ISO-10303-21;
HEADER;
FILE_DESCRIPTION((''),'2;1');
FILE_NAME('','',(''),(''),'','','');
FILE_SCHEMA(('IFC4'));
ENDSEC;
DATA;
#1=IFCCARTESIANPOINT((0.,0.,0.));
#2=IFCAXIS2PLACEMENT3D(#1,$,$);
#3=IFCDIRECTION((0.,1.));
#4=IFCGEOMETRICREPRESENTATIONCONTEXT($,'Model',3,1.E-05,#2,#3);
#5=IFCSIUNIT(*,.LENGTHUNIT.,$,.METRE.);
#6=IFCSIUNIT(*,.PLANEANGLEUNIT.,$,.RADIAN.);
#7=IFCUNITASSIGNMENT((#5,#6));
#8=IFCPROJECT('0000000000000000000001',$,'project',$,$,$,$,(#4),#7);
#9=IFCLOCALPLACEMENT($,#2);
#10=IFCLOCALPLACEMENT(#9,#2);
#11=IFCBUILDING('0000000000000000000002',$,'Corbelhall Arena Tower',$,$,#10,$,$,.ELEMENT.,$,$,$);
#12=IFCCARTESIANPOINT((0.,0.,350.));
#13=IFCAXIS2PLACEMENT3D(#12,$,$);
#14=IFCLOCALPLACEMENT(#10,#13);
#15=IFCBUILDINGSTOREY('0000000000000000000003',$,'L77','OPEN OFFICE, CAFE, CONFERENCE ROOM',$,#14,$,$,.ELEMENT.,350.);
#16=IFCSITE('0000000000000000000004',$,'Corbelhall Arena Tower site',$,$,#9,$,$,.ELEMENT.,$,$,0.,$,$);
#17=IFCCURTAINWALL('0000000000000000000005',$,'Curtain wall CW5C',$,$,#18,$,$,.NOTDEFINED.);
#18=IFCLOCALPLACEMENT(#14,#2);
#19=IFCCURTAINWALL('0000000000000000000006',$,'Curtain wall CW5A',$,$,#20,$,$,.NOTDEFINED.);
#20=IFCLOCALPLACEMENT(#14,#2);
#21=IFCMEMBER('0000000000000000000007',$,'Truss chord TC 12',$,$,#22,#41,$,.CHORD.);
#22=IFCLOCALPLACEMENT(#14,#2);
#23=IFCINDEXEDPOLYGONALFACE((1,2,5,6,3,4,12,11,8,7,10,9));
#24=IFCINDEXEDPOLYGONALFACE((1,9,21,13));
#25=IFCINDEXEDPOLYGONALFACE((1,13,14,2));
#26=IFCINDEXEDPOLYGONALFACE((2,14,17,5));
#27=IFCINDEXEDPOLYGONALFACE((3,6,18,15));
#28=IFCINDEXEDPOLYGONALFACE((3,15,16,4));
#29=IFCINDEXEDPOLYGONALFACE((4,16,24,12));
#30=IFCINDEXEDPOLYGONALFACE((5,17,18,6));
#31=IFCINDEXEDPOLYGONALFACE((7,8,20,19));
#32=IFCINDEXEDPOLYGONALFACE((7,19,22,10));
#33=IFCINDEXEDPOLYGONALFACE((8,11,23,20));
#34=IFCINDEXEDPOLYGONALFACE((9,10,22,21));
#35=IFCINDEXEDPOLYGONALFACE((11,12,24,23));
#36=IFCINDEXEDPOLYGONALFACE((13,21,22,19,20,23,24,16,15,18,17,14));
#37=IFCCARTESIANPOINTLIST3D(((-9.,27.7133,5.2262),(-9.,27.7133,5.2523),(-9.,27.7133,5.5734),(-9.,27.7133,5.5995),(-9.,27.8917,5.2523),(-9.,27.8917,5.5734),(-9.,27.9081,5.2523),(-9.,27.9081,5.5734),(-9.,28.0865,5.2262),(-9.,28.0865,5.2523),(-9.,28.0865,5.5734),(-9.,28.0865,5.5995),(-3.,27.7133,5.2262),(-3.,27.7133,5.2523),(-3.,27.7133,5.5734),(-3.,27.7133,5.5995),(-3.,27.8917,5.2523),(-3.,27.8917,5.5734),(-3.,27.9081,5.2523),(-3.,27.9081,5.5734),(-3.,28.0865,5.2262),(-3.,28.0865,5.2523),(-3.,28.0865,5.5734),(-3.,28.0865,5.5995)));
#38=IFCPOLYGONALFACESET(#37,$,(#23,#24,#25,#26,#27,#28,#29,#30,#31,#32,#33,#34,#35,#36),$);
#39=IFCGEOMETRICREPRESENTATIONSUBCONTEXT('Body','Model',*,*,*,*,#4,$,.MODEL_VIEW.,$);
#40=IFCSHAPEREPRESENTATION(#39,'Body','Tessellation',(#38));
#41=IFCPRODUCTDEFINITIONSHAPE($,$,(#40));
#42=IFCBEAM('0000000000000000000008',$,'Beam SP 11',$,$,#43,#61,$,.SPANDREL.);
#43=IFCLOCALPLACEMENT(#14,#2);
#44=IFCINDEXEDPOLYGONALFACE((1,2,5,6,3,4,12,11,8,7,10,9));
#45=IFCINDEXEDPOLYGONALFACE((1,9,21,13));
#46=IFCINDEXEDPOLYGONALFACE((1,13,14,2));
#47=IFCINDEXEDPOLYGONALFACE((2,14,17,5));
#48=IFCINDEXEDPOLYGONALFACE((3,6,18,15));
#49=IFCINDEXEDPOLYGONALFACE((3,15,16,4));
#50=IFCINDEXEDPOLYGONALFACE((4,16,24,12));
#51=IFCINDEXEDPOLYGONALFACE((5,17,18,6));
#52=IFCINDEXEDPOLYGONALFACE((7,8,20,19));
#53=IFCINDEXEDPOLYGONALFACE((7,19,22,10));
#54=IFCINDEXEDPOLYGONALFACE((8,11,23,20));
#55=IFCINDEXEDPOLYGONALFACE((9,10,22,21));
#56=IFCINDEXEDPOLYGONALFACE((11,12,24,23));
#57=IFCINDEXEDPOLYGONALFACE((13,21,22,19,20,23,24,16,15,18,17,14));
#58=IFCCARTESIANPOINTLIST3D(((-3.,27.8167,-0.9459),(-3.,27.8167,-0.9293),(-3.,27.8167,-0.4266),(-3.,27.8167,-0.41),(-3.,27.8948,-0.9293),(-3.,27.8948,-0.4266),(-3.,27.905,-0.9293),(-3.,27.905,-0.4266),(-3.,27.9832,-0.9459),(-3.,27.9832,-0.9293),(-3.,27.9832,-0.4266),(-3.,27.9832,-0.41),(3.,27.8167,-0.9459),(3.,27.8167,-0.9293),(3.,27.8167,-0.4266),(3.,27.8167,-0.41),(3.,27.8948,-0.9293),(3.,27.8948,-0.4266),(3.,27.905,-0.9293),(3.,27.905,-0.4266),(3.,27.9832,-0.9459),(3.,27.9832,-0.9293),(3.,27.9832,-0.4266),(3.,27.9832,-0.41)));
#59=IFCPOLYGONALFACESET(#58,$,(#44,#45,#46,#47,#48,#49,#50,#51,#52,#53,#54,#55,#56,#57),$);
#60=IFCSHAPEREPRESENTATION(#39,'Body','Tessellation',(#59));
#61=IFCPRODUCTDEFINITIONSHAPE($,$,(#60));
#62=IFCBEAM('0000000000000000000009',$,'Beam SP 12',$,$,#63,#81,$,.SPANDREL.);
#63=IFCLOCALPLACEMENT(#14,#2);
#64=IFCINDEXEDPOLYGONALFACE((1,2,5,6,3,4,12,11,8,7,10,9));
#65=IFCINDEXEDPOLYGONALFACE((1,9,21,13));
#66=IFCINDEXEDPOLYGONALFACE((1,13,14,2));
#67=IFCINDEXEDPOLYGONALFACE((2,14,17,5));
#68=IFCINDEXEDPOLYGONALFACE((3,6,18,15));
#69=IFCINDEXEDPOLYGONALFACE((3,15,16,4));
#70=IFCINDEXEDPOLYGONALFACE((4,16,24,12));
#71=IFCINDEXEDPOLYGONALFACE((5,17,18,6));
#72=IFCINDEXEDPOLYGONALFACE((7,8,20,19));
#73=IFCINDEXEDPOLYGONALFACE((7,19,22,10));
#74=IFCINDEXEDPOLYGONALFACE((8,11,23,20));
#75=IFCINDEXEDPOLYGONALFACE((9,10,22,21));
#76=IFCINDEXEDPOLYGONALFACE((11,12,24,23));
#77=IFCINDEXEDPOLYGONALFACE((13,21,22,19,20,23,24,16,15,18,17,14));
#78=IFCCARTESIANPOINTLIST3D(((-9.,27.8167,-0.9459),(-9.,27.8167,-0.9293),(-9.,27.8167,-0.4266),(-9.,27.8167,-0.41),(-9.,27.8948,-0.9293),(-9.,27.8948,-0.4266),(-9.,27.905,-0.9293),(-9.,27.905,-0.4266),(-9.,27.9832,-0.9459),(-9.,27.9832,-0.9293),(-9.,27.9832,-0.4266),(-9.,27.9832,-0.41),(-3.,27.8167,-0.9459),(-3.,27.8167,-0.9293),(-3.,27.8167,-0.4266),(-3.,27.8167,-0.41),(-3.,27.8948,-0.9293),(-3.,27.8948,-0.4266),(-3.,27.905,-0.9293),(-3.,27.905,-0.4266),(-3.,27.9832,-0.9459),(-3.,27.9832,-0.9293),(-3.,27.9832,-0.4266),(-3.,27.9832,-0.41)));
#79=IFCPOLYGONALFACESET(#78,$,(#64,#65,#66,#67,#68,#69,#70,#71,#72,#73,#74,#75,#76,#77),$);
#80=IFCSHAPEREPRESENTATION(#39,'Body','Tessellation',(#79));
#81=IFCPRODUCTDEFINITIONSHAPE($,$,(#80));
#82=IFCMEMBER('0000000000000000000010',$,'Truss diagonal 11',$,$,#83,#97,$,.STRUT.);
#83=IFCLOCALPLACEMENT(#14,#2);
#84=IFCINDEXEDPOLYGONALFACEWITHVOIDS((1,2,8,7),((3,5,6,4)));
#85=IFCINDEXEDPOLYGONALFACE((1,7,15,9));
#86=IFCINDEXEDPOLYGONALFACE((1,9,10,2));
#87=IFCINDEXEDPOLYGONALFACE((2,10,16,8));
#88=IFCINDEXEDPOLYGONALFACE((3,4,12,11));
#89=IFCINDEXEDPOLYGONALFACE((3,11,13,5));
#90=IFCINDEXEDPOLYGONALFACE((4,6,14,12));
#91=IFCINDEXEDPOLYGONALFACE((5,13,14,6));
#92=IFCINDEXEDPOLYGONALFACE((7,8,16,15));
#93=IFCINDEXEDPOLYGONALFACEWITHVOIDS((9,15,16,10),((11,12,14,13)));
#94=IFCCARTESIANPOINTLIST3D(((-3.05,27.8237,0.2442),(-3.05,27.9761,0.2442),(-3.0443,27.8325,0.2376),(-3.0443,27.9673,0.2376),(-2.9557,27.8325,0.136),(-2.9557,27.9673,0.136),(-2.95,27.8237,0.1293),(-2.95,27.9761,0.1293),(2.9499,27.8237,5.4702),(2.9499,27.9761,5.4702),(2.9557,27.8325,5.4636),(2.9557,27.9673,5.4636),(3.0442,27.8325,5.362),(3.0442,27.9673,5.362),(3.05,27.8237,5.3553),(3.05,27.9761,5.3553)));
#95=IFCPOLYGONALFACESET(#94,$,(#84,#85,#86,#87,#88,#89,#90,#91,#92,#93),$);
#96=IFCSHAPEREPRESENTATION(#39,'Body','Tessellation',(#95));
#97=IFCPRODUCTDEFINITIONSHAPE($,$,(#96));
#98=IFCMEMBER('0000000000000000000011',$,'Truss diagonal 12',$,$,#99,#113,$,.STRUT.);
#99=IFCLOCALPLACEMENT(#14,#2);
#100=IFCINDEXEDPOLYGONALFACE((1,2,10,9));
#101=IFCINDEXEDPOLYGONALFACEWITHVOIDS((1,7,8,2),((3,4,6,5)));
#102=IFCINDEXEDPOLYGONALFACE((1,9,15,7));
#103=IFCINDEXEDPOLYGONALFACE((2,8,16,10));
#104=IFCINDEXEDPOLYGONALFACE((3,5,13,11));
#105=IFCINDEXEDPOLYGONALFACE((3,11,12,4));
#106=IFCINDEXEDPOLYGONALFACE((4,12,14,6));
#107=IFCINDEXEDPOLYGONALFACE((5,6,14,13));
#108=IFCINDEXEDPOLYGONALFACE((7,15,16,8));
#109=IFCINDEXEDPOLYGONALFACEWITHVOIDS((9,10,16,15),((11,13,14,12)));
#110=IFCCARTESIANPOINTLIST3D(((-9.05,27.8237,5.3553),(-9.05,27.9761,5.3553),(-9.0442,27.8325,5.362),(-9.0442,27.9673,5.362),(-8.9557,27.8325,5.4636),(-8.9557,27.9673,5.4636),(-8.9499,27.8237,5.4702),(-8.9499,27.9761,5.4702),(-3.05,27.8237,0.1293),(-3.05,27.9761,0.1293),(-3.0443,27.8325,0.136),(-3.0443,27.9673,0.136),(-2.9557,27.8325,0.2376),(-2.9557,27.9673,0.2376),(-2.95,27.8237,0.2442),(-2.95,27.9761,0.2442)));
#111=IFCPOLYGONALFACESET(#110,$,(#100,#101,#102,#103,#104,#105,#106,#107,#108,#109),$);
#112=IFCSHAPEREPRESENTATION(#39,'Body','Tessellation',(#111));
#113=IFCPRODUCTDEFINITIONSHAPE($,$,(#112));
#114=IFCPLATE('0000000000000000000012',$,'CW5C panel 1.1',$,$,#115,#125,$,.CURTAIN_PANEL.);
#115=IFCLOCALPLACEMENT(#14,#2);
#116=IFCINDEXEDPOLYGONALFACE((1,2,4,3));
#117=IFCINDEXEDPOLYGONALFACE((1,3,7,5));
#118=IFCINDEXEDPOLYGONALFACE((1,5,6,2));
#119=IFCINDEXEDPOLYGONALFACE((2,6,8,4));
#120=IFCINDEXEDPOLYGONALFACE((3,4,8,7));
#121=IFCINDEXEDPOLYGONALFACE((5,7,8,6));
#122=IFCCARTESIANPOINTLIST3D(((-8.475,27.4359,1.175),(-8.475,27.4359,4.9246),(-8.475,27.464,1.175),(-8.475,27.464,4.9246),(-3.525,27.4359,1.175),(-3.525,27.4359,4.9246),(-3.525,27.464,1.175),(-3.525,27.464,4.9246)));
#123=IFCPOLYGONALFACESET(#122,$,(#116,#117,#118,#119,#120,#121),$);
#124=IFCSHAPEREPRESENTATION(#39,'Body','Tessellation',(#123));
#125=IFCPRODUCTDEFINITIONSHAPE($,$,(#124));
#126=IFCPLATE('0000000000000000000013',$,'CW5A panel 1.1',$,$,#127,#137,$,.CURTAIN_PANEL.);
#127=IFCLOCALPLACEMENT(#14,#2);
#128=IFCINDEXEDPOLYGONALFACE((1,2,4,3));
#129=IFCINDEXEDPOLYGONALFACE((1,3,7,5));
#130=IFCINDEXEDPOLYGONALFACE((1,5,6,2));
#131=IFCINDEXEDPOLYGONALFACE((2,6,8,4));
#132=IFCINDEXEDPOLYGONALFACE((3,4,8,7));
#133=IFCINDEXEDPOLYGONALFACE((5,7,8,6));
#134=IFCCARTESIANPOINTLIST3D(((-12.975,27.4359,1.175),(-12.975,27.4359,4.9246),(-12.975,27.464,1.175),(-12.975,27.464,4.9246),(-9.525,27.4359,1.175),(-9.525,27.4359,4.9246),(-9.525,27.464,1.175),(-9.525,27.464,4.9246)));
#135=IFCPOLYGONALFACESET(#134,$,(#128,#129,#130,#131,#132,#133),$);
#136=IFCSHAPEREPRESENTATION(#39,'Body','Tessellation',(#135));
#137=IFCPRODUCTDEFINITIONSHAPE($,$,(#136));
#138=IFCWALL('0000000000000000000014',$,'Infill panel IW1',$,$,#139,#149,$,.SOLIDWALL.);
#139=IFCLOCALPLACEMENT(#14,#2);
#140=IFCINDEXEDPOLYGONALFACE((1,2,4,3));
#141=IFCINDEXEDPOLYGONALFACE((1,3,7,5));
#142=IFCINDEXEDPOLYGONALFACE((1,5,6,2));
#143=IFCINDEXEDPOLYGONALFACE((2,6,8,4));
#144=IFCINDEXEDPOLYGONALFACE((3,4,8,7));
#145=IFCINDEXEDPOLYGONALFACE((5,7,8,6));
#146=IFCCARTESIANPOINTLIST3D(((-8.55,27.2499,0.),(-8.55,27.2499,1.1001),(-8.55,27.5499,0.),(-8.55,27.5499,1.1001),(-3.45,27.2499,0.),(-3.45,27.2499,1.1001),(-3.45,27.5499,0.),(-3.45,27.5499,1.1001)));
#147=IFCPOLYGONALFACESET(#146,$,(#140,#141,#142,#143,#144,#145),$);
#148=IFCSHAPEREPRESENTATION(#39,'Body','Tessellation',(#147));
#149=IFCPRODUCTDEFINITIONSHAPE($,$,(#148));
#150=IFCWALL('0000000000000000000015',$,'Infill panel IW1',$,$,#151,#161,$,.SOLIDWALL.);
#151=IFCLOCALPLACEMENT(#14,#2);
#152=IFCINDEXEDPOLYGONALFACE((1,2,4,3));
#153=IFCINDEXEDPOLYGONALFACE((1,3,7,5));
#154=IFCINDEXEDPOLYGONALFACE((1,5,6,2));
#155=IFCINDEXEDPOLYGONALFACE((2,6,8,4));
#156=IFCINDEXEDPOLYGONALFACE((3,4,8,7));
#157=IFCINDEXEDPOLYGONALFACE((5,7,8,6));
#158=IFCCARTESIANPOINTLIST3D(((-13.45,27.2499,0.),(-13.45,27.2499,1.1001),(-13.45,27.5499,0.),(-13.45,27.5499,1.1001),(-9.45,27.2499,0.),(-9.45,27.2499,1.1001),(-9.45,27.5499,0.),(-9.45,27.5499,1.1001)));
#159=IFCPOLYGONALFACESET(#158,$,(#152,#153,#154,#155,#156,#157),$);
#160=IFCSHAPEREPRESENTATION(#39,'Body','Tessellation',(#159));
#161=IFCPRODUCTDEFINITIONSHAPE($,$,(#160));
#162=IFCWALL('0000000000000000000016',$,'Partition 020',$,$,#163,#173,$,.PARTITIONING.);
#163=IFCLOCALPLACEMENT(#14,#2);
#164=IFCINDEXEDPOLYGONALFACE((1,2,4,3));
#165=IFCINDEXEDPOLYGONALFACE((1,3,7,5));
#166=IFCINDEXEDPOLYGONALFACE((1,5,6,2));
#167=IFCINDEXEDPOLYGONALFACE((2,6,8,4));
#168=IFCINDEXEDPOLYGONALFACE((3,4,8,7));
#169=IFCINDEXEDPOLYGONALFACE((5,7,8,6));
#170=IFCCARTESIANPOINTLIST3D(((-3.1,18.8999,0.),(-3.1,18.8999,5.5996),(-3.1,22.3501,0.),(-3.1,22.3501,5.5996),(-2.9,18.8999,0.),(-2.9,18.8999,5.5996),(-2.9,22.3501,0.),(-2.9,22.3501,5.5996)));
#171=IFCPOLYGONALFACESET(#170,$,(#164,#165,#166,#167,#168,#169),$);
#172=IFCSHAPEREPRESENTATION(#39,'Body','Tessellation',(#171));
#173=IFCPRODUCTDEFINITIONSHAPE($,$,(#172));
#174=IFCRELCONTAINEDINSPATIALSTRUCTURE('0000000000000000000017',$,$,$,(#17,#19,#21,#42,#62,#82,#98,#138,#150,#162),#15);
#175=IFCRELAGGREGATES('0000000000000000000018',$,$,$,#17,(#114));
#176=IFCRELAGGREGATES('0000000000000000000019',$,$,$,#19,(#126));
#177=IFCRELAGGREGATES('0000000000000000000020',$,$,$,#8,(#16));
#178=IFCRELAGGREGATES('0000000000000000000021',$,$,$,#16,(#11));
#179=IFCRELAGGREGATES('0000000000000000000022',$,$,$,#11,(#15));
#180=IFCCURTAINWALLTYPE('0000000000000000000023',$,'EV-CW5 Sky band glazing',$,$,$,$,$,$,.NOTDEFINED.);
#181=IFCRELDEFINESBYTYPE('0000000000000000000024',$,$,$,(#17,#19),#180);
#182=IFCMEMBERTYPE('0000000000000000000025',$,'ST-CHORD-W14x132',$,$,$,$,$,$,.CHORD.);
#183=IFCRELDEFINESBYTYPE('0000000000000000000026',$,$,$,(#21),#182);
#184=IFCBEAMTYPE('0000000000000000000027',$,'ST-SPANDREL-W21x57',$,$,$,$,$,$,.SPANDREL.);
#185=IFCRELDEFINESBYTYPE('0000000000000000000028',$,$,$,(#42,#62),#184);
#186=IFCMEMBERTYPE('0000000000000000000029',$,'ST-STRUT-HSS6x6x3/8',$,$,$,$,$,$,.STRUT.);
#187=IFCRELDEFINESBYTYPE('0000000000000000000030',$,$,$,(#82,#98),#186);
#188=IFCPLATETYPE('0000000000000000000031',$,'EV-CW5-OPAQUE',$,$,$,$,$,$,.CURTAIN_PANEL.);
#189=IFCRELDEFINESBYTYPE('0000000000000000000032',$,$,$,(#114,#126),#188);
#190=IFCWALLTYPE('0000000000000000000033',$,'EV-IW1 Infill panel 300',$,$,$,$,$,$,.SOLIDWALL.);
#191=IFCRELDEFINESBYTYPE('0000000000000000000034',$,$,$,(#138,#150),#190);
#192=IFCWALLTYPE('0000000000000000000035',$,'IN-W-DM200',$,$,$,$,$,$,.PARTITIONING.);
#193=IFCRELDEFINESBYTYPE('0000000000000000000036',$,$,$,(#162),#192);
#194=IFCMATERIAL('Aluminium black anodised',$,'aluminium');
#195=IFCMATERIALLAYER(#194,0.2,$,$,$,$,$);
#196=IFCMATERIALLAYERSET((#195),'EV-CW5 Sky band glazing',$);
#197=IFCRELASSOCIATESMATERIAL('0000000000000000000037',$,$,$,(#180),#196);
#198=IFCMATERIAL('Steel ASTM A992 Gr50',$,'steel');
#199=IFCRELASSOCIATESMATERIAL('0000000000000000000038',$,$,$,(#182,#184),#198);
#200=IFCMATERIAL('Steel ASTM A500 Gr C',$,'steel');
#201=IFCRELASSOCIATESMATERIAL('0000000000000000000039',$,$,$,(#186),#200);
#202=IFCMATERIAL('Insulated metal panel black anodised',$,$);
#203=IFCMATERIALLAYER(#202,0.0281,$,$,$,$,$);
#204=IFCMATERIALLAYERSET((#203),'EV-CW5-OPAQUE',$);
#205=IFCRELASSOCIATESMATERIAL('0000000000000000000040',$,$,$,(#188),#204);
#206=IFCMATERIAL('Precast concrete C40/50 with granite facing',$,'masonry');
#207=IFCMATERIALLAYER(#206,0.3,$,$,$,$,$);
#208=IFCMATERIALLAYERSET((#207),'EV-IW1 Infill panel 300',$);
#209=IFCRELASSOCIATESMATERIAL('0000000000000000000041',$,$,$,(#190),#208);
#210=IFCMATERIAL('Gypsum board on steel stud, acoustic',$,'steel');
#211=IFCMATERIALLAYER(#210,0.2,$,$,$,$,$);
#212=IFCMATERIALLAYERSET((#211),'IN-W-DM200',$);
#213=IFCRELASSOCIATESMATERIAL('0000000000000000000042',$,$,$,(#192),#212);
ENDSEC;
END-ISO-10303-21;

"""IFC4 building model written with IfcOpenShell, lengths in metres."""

from ifc_helpers import new_model, si_unit, direction, frame, frame_2d, origin, origin_2d, place, context, subcontext, project, spatial, rectangle, hollow_rectangle, i_section, extrude, material, layer, layer_set, material_profile, profile_set, type_object, element, aggregate, save


model = new_model("IFC4")

# Units and contexts
model_context = context("Model", 3, precision=1e-05, world=origin(), true_north=direction((0.0, 1.0)))
body_context = subcontext(model_context, "Body", "Model", "MODEL_VIEW")
ifc_project = project(units=[si_unit("LENGTHUNIT", "METRE"), si_unit("PLANEANGLEUNIT", "RADIAN")], contexts=[model_context])

# Site, building, storey
site_placement = place(None, origin())
site = spatial("IfcSite", under=ifc_project, at=site_placement, Name="Corbelhall Arena Tower site", CompositionType="ELEMENT", RefElevation=0.0)
building_placement = place(site_placement, origin())
building = spatial("IfcBuilding", under=site, at=building_placement, Name="Corbelhall Arena Tower", CompositionType="ELEMENT")
storey_placement = place(building_placement, frame((0.0, 0.0, 350.0)))
storey = spatial("IfcBuildingStorey", under=building, at=storey_placement, Name="L77", Description="OPEN OFFICE, CAFE, CONFERENCE ROOM", CompositionType="ELEMENT", Elevation=350.0)

# Curtain wall
ifc_material_1 = material(Name="Aluminium black anodised", Category="aluminium")
ifc_layer_1 = layer(ifc_material_1, 0.2)
ifc_layer_set_1 = layer_set([ifc_layer_1], Name="EV-CW5 Sky band glazing")
curtain_wall_type = type_object("IfcCurtainWallType", Name="EV-CW5 Sky band glazing", PredefinedType="NOTDEFINED", material=ifc_layer_set_1)
curtain_wall_1_placement = place(storey_placement, origin())
curtain_wall_1 = element("IfcCurtainWall", 1, at=curtain_wall_1_placement, inside=storey, type_object=curtain_wall_type, Name="Curtain wall CW5C", PredefinedType="NOTDEFINED")

# Curtain wall
curtain_wall_2_placement = place(storey_placement, origin())
curtain_wall_2 = element("IfcCurtainWall", 2, at=curtain_wall_2_placement, inside=storey, type_object=curtain_wall_type, Name="Curtain wall CW5A", PredefinedType="NOTDEFINED")

# Member
ifc_material_2 = material(Name="Steel ASTM A992 Gr50", Category="steel")
ifc_material_profile_1 = material_profile(ifc_material_2, i_section(OverallWidth=0.3733, OverallDepth=0.3733, WebThickness=0.0164, FlangeThickness=0.0261, at=origin_2d()))
ifc_profile_set_1 = profile_set([ifc_material_profile_1], Name="Steel ASTM A992 Gr50")
member_type_1 = type_object("IfcMemberType", Name="ST-CHORD-W14x132", PredefinedType="CHORD", material=ifc_profile_set_1)
for number, where, z_axis, x_axis, name in (
    (3, (-9.0, 27.8999, 5.4128), (1.0, 0.0, 0.0), (0.0, 1.0, 0.0), "Truss chord TC 12"),
):
    element("IfcMember", number, at=place(storey_placement, frame(where, z_axis=z_axis, x_axis=x_axis)), inside=storey, type_object=member_type_1, Name=name, PredefinedType="CHORD", context=body_context, shape_type="SweptSolid", body=[
        extrude(i_section(OverallWidth=0.3733, OverallDepth=0.3733, WebThickness=0.0164, FlangeThickness=0.0261, at=origin_2d()), origin(), (0.0, 0.0, 1.0), 6.0),
    ])

# Beams
ifc_material_profile_2 = material_profile(ifc_material_2, i_section(OverallWidth=0.1665, OverallDepth=0.5359, WebThickness=0.0103, FlangeThickness=0.0166, at=origin_2d()))
ifc_profile_set_2 = profile_set([ifc_material_profile_2], Name="Steel ASTM A992 Gr50")
beam_type = type_object("IfcBeamType", Name="ST-SPANDREL-W21x57", PredefinedType="SPANDREL", material=ifc_profile_set_2)
for number, where, z_axis, x_axis, name in (
    (4, (-3.0, 27.8999, -0.678), (1.0, 0.0, 0.0), (0.0, 1.0, 0.0), "Beam SP 11"),
    (5, (-9.0, 27.8999, -0.678), (1.0, 0.0, 0.0), (0.0, 1.0, 0.0), "Beam SP 12"),
):
    element("IfcBeam", number, at=place(storey_placement, frame(where, z_axis=z_axis, x_axis=x_axis)), inside=storey, type_object=beam_type, Name=name, PredefinedType="SPANDREL", context=body_context, shape_type="SweptSolid", body=[
        extrude(i_section(OverallWidth=0.1665, OverallDepth=0.5359, WebThickness=0.0103, FlangeThickness=0.0166, at=origin_2d()), origin(), (0.0, 0.0, 1.0), 6.0),
    ])

# Members
ifc_material_3 = material(Name="Steel ASTM A500 Gr C", Category="steel")
ifc_material_profile_3 = material_profile(ifc_material_3, hollow_rectangle(XDim=0.1523, YDim=0.1523, WallThickness=0.0088, at=origin_2d()))
ifc_profile_set_3 = profile_set([ifc_material_profile_3], Name="Steel ASTM A500 Gr C")
member_type_2 = type_object("IfcMemberType", Name="ST-STRUT-HSS6x6x3/8", PredefinedType="STRUT", material=ifc_profile_set_3)
for number, where, z_axis, x_axis, name in (
    (6, (-3.0, 27.8999, 0.1868), (0.754065, 0.0, 0.6568), (0.0, 1.0, 0.0), "Truss diagonal 11"),
    (7, (-3.0, 27.8999, 0.1868), (-0.754065, 0.0, 0.6568), (0.0, -1.0, 0.0), "Truss diagonal 12"),
):
    element("IfcMember", number, at=place(storey_placement, frame(where, z_axis=z_axis, x_axis=x_axis)), inside=storey, type_object=member_type_2, Name=name, PredefinedType="STRUT", context=body_context, shape_type="SweptSolid", body=[
        extrude(hollow_rectangle(XDim=0.1523, YDim=0.1523, WallThickness=0.0088, at=origin_2d()), origin(), (0.0, 0.0, 1.0), 7.9568),
    ])

# Plates
ifc_material_4 = material(Name="Insulated metal panel black anodised")
ifc_layer_2 = layer(ifc_material_4, 0.0281)
ifc_layer_set_2 = layer_set([ifc_layer_2], Name="EV-CW5-OPAQUE")
plate_type = type_object("IfcPlateType", Name="EV-CW5-OPAQUE", PredefinedType="CURTAIN_PANEL", material=ifc_layer_set_2)
plate_1_placement = place(storey_placement, frame((-6.0, 27.45, 1.175), z_axis=(0.0, 0.0, 1.0), x_axis=(-1.0, 0.0, 0.0)))
plate_1 = element("IfcPlate", 8, at=plate_1_placement, type_object=plate_type, Name="CW5C panel 1.1", PredefinedType="CURTAIN_PANEL", context=body_context, shape_type="SweptSolid", body=[
    extrude(rectangle(XDim=4.95, YDim=0.0281, at=origin_2d()), origin(), (0.0, 0.0, 1.0), 3.7495),
])
aggregate(curtain_wall_1, [plate_1])
plate_2_placement = place(storey_placement, frame((-11.25, 27.45, 1.175), z_axis=(0.0, 0.0, 1.0), x_axis=(-1.0, 0.0, 0.0)))
plate_2 = element("IfcPlate", 9, at=plate_2_placement, type_object=plate_type, Name="CW5A panel 1.1", PredefinedType="CURTAIN_PANEL", context=body_context, shape_type="SweptSolid", body=[
    extrude(rectangle(XDim=3.45, YDim=0.0281, at=origin_2d()), origin(), (0.0, 0.0, 1.0), 3.7495),
])
aggregate(curtain_wall_2, [plate_2])

# Walls
ifc_material_5 = material(Name="Precast concrete C40/50 with granite facing", Category="masonry")
ifc_layer_3 = layer(ifc_material_5, 0.3)
ifc_layer_set_3 = layer_set([ifc_layer_3], Name="EV-IW1 Infill panel 300")
wall_type_1 = type_object("IfcWallType", Name="EV-IW1 Infill panel 300", PredefinedType="SOLIDWALL", material=ifc_layer_set_3)
wall_1_placement = place(storey_placement, frame((-3.45, 27.3999, 0.0), z_axis=(0.0, 0.0, 1.0), x_axis=(-1.0, 0.0, 0.0)))
element("IfcWall", 10, at=wall_1_placement, inside=storey, type_object=wall_type_1, Name="Infill panel IW1", PredefinedType="SOLIDWALL", context=body_context, shape_type="SweptSolid", body=[
    extrude(rectangle(XDim=5.1001, YDim=0.3, at=frame_2d((2.55, 0.0))), origin(), (0.0, 0.0, 1.0), 1.1001),
])
wall_2_placement = place(storey_placement, frame((-9.45, 27.3999, 0.0), z_axis=(0.0, 0.0, 1.0), x_axis=(-1.0, 0.0, 0.0)))
element("IfcWall", 11, at=wall_2_placement, inside=storey, type_object=wall_type_1, Name="Infill panel IW1", PredefinedType="SOLIDWALL", context=body_context, shape_type="SweptSolid", body=[
    extrude(rectangle(XDim=4.0, YDim=0.3, at=frame_2d((2.0, 0.0))), origin(), (0.0, 0.0, 1.0), 1.1001),
])
ifc_material_6 = material(Name="Gypsum board on steel stud, acoustic", Category="steel")
ifc_layer_4 = layer(ifc_material_6, 0.2)
ifc_layer_set_4 = layer_set([ifc_layer_4], Name="IN-W-DM200")
wall_type_2 = type_object("IfcWallType", Name="IN-W-DM200", PredefinedType="PARTITIONING", material=ifc_layer_set_4)
wall_3_placement = place(storey_placement, frame((-3.0, 22.3501, 0.0), z_axis=(0.0, 0.0, 1.0), x_axis=(0.0, -1.0, 0.0)))
element("IfcWall", 12, at=wall_3_placement, inside=storey, type_object=wall_type_2, Name="Partition 020", PredefinedType="PARTITIONING", context=body_context, shape_type="SweptSolid", body=[
    extrude(rectangle(XDim=3.4502, YDim=0.2, at=frame_2d((1.7251, 0.0))), origin(), (0.0, 0.0, 1.0), 5.5996),
])

save(model, "model.ifc")
